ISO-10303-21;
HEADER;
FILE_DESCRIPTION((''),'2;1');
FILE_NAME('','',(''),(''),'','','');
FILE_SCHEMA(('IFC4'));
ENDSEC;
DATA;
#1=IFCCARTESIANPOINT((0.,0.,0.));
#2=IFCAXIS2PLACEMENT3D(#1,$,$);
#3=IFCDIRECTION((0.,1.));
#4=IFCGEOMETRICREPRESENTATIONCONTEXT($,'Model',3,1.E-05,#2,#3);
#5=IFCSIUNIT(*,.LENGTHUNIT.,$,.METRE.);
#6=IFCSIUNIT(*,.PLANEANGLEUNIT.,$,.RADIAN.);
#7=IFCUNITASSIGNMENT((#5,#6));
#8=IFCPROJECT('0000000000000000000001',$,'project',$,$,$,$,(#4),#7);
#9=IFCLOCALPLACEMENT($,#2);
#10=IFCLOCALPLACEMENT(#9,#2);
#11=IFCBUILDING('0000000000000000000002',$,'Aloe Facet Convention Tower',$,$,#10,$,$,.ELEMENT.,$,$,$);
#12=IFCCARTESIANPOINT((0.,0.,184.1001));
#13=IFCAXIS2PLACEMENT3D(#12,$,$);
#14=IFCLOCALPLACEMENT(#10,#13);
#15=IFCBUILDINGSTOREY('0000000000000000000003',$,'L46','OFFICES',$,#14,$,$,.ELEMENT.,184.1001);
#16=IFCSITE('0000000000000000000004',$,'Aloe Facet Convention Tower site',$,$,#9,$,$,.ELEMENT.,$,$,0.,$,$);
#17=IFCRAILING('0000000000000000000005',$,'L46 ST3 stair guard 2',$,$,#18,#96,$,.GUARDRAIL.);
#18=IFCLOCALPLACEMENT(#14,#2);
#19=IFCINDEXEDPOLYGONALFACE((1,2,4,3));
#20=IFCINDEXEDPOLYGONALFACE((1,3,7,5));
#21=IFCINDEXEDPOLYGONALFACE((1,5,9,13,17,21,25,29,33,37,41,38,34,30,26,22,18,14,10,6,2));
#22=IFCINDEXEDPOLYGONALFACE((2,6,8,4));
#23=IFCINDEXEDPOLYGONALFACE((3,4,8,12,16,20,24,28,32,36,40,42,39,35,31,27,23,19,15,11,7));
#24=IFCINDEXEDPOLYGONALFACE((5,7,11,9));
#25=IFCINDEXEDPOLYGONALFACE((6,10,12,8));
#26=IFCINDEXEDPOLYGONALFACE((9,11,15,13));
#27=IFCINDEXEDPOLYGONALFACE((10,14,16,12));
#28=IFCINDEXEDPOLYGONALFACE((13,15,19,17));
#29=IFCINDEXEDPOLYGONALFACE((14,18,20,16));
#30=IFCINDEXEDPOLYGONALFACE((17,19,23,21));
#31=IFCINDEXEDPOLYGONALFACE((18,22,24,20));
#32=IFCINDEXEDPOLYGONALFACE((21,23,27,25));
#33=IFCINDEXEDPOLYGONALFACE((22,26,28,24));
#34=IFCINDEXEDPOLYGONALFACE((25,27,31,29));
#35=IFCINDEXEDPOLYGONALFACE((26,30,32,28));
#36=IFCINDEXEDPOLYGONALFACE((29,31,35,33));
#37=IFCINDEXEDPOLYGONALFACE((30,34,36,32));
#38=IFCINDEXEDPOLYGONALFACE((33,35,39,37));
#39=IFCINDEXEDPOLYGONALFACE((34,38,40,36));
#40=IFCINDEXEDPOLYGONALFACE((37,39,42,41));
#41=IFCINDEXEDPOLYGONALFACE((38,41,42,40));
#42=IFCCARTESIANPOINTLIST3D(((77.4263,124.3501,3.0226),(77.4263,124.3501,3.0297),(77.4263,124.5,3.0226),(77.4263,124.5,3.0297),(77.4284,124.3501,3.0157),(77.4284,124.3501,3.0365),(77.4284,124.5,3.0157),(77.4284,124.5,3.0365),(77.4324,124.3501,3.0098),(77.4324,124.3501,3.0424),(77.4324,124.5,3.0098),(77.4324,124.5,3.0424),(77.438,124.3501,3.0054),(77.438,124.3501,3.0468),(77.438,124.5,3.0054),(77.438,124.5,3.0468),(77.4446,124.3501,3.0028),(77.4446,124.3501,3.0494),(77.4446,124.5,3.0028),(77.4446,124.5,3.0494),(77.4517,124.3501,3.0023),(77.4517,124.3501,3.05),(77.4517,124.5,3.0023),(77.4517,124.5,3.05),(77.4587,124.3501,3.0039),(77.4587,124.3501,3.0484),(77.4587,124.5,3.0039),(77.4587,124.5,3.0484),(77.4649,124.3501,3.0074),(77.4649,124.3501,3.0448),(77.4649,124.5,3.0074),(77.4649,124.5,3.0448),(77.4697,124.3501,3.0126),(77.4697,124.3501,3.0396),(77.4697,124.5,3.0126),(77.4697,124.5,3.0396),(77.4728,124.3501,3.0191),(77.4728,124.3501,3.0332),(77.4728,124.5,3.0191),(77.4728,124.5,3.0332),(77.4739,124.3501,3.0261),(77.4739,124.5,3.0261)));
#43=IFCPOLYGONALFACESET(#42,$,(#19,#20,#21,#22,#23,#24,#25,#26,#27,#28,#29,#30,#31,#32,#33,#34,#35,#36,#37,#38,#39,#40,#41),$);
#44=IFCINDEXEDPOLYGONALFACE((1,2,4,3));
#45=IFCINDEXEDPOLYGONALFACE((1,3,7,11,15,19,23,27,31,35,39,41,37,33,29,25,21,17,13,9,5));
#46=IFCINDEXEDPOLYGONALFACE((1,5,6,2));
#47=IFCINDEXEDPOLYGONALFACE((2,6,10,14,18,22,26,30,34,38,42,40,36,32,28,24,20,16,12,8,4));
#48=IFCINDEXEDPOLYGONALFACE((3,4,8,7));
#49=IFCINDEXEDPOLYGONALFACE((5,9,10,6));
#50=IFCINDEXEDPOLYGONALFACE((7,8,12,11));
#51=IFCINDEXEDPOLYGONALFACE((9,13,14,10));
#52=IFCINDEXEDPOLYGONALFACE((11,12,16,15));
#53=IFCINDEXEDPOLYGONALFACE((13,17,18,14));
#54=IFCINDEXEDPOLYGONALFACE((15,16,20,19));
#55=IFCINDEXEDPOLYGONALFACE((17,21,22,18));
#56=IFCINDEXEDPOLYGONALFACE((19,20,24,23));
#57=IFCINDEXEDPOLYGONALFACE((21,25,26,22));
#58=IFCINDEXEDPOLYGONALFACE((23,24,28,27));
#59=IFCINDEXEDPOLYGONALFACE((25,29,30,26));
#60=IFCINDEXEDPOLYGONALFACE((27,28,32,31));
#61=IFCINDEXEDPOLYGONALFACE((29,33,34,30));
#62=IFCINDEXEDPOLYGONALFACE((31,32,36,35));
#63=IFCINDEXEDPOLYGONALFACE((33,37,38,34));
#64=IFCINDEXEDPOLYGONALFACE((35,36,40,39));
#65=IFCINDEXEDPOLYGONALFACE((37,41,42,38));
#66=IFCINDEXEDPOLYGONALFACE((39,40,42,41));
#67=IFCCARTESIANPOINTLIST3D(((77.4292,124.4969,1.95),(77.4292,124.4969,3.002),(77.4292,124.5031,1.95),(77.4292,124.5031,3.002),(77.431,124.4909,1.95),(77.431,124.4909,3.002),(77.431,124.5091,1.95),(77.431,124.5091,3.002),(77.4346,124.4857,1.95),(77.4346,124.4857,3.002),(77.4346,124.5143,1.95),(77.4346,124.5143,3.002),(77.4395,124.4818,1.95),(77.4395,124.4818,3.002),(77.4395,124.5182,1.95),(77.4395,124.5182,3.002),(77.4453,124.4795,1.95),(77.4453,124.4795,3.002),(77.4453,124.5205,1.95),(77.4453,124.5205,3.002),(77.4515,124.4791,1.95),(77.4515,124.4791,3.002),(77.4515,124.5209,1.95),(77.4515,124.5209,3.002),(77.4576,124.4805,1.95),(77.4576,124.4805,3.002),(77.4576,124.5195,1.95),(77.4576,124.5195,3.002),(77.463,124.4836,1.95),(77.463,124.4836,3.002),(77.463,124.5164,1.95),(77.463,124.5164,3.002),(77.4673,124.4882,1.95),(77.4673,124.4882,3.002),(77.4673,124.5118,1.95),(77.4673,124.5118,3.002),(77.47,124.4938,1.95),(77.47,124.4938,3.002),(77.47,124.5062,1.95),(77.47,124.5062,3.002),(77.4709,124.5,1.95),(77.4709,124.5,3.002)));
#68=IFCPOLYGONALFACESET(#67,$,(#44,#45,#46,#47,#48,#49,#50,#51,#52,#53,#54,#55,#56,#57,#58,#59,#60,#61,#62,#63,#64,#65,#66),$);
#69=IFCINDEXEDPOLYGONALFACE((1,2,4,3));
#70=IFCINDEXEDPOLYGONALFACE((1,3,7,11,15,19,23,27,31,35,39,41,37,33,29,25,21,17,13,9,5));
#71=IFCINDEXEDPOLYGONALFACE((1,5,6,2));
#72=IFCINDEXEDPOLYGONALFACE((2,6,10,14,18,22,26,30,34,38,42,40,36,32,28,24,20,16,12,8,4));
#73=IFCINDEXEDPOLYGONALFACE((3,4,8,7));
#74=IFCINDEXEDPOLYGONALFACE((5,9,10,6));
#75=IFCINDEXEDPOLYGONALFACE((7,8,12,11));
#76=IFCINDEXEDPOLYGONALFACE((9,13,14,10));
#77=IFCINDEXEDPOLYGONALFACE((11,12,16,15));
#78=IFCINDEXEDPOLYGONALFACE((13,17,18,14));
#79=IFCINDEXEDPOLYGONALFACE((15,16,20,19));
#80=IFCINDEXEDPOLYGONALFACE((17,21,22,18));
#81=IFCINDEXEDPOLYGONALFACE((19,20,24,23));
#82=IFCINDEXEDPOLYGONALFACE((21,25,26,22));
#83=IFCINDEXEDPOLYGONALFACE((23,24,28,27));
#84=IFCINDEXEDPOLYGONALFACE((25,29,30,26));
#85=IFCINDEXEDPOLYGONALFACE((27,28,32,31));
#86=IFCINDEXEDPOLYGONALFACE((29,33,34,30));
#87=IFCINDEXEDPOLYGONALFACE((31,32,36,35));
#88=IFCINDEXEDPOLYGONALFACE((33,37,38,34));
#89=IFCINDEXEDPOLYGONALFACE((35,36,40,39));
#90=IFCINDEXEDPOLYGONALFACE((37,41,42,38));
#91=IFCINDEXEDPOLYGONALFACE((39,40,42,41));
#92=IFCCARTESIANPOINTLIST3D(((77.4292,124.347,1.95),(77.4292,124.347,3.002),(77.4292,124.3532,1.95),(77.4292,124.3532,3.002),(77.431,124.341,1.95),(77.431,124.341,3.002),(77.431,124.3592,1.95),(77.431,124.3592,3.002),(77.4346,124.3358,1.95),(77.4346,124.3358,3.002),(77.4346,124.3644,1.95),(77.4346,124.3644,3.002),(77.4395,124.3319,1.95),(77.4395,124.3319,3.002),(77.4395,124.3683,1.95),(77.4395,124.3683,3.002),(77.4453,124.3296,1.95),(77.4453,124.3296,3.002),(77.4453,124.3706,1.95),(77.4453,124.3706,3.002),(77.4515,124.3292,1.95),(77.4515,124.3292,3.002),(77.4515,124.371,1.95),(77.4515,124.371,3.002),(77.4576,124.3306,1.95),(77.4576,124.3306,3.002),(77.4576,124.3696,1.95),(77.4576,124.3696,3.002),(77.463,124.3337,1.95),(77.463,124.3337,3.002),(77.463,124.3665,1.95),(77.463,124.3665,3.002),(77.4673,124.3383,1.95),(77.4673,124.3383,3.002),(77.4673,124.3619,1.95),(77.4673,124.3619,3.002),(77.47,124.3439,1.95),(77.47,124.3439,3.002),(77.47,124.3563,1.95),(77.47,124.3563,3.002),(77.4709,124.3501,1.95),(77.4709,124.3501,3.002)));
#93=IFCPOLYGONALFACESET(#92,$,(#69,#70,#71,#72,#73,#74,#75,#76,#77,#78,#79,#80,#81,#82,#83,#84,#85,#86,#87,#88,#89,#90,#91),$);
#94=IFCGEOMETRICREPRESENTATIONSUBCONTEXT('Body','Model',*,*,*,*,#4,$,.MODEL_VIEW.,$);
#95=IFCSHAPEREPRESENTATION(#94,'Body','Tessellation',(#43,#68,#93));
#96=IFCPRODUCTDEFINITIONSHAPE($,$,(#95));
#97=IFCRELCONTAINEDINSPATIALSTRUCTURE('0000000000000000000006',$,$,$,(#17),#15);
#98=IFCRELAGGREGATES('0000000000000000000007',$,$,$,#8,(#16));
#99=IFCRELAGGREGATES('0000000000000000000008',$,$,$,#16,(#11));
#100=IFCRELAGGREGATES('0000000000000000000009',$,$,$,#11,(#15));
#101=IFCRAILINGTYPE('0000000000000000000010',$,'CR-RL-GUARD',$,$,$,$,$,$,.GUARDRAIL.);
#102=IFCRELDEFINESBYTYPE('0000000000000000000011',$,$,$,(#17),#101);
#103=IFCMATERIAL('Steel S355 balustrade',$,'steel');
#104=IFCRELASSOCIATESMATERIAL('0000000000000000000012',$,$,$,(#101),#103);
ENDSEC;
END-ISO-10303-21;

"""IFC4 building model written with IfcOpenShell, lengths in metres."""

from ifc_helpers import new_model, si_unit, direction, frame, origin, origin_2d, place, context, subcontext, project, spatial, circle, extrude, material, type_object, element, save


model = new_model("IFC4")

# Units and contexts
model_context = context("Model", 3, precision=1e-05, world=origin(), true_north=direction((0.0, 1.0)))
body_context = subcontext(model_context, "Body", "Model", "MODEL_VIEW")
ifc_project = project(units=[si_unit("LENGTHUNIT", "METRE"), si_unit("PLANEANGLEUNIT", "RADIAN")], contexts=[model_context])

# Site, building, storey
site_placement = place(None, origin())
site = spatial("IfcSite", under=ifc_project, at=site_placement, Name="Aloe Facet Convention Tower site", CompositionType="ELEMENT", RefElevation=0.0)
building_placement = place(site_placement, origin())
building = spatial("IfcBuilding", under=site, at=building_placement, Name="Aloe Facet Convention Tower", CompositionType="ELEMENT")
storey_placement = place(building_placement, frame((0.0, 0.0, 184.1001)))
storey = spatial("IfcBuildingStorey", under=building, at=storey_placement, Name="L46", Description="OFFICES", CompositionType="ELEMENT", Elevation=184.1001)

# Railing
ifc_material_1 = material(Name="Steel S355 balustrade", Category="steel")
railing_type_1 = type_object("IfcRailingType", Name="CR-RL-GUARD", PredefinedType="GUARDRAIL", material=ifc_material_1)
railing_1_placement = place(storey_placement, frame((77.45, 124.5, 1.95)))
element("IfcRailing", 1, at=railing_1_placement, inside=storey, type_object=railing_type_1, Name="L46 ST3 stair guard 2", PredefinedType="GUARDRAIL", context=body_context, shape_type="SweptSolid", body=[
    extrude(circle(Radius=0.0239, at=origin_2d()), frame((0.0, 0.0, 1.0762), z_axis=(0.0, -1.0, 0.0), x_axis=(1.0, 0.0, 0.0)), (0.0, 0.0, 1.0), 0.1499),
    extrude(circle(Radius=0.021, at=origin_2d()), origin(), (0.0, 0.0, 1.0), 1.052),
    extrude(circle(Radius=0.021, at=origin_2d()), frame((0.0, -0.1499, 0.0)), (0.0, 0.0, 1.0), 1.052),
])

save(model, "model.ifc")
